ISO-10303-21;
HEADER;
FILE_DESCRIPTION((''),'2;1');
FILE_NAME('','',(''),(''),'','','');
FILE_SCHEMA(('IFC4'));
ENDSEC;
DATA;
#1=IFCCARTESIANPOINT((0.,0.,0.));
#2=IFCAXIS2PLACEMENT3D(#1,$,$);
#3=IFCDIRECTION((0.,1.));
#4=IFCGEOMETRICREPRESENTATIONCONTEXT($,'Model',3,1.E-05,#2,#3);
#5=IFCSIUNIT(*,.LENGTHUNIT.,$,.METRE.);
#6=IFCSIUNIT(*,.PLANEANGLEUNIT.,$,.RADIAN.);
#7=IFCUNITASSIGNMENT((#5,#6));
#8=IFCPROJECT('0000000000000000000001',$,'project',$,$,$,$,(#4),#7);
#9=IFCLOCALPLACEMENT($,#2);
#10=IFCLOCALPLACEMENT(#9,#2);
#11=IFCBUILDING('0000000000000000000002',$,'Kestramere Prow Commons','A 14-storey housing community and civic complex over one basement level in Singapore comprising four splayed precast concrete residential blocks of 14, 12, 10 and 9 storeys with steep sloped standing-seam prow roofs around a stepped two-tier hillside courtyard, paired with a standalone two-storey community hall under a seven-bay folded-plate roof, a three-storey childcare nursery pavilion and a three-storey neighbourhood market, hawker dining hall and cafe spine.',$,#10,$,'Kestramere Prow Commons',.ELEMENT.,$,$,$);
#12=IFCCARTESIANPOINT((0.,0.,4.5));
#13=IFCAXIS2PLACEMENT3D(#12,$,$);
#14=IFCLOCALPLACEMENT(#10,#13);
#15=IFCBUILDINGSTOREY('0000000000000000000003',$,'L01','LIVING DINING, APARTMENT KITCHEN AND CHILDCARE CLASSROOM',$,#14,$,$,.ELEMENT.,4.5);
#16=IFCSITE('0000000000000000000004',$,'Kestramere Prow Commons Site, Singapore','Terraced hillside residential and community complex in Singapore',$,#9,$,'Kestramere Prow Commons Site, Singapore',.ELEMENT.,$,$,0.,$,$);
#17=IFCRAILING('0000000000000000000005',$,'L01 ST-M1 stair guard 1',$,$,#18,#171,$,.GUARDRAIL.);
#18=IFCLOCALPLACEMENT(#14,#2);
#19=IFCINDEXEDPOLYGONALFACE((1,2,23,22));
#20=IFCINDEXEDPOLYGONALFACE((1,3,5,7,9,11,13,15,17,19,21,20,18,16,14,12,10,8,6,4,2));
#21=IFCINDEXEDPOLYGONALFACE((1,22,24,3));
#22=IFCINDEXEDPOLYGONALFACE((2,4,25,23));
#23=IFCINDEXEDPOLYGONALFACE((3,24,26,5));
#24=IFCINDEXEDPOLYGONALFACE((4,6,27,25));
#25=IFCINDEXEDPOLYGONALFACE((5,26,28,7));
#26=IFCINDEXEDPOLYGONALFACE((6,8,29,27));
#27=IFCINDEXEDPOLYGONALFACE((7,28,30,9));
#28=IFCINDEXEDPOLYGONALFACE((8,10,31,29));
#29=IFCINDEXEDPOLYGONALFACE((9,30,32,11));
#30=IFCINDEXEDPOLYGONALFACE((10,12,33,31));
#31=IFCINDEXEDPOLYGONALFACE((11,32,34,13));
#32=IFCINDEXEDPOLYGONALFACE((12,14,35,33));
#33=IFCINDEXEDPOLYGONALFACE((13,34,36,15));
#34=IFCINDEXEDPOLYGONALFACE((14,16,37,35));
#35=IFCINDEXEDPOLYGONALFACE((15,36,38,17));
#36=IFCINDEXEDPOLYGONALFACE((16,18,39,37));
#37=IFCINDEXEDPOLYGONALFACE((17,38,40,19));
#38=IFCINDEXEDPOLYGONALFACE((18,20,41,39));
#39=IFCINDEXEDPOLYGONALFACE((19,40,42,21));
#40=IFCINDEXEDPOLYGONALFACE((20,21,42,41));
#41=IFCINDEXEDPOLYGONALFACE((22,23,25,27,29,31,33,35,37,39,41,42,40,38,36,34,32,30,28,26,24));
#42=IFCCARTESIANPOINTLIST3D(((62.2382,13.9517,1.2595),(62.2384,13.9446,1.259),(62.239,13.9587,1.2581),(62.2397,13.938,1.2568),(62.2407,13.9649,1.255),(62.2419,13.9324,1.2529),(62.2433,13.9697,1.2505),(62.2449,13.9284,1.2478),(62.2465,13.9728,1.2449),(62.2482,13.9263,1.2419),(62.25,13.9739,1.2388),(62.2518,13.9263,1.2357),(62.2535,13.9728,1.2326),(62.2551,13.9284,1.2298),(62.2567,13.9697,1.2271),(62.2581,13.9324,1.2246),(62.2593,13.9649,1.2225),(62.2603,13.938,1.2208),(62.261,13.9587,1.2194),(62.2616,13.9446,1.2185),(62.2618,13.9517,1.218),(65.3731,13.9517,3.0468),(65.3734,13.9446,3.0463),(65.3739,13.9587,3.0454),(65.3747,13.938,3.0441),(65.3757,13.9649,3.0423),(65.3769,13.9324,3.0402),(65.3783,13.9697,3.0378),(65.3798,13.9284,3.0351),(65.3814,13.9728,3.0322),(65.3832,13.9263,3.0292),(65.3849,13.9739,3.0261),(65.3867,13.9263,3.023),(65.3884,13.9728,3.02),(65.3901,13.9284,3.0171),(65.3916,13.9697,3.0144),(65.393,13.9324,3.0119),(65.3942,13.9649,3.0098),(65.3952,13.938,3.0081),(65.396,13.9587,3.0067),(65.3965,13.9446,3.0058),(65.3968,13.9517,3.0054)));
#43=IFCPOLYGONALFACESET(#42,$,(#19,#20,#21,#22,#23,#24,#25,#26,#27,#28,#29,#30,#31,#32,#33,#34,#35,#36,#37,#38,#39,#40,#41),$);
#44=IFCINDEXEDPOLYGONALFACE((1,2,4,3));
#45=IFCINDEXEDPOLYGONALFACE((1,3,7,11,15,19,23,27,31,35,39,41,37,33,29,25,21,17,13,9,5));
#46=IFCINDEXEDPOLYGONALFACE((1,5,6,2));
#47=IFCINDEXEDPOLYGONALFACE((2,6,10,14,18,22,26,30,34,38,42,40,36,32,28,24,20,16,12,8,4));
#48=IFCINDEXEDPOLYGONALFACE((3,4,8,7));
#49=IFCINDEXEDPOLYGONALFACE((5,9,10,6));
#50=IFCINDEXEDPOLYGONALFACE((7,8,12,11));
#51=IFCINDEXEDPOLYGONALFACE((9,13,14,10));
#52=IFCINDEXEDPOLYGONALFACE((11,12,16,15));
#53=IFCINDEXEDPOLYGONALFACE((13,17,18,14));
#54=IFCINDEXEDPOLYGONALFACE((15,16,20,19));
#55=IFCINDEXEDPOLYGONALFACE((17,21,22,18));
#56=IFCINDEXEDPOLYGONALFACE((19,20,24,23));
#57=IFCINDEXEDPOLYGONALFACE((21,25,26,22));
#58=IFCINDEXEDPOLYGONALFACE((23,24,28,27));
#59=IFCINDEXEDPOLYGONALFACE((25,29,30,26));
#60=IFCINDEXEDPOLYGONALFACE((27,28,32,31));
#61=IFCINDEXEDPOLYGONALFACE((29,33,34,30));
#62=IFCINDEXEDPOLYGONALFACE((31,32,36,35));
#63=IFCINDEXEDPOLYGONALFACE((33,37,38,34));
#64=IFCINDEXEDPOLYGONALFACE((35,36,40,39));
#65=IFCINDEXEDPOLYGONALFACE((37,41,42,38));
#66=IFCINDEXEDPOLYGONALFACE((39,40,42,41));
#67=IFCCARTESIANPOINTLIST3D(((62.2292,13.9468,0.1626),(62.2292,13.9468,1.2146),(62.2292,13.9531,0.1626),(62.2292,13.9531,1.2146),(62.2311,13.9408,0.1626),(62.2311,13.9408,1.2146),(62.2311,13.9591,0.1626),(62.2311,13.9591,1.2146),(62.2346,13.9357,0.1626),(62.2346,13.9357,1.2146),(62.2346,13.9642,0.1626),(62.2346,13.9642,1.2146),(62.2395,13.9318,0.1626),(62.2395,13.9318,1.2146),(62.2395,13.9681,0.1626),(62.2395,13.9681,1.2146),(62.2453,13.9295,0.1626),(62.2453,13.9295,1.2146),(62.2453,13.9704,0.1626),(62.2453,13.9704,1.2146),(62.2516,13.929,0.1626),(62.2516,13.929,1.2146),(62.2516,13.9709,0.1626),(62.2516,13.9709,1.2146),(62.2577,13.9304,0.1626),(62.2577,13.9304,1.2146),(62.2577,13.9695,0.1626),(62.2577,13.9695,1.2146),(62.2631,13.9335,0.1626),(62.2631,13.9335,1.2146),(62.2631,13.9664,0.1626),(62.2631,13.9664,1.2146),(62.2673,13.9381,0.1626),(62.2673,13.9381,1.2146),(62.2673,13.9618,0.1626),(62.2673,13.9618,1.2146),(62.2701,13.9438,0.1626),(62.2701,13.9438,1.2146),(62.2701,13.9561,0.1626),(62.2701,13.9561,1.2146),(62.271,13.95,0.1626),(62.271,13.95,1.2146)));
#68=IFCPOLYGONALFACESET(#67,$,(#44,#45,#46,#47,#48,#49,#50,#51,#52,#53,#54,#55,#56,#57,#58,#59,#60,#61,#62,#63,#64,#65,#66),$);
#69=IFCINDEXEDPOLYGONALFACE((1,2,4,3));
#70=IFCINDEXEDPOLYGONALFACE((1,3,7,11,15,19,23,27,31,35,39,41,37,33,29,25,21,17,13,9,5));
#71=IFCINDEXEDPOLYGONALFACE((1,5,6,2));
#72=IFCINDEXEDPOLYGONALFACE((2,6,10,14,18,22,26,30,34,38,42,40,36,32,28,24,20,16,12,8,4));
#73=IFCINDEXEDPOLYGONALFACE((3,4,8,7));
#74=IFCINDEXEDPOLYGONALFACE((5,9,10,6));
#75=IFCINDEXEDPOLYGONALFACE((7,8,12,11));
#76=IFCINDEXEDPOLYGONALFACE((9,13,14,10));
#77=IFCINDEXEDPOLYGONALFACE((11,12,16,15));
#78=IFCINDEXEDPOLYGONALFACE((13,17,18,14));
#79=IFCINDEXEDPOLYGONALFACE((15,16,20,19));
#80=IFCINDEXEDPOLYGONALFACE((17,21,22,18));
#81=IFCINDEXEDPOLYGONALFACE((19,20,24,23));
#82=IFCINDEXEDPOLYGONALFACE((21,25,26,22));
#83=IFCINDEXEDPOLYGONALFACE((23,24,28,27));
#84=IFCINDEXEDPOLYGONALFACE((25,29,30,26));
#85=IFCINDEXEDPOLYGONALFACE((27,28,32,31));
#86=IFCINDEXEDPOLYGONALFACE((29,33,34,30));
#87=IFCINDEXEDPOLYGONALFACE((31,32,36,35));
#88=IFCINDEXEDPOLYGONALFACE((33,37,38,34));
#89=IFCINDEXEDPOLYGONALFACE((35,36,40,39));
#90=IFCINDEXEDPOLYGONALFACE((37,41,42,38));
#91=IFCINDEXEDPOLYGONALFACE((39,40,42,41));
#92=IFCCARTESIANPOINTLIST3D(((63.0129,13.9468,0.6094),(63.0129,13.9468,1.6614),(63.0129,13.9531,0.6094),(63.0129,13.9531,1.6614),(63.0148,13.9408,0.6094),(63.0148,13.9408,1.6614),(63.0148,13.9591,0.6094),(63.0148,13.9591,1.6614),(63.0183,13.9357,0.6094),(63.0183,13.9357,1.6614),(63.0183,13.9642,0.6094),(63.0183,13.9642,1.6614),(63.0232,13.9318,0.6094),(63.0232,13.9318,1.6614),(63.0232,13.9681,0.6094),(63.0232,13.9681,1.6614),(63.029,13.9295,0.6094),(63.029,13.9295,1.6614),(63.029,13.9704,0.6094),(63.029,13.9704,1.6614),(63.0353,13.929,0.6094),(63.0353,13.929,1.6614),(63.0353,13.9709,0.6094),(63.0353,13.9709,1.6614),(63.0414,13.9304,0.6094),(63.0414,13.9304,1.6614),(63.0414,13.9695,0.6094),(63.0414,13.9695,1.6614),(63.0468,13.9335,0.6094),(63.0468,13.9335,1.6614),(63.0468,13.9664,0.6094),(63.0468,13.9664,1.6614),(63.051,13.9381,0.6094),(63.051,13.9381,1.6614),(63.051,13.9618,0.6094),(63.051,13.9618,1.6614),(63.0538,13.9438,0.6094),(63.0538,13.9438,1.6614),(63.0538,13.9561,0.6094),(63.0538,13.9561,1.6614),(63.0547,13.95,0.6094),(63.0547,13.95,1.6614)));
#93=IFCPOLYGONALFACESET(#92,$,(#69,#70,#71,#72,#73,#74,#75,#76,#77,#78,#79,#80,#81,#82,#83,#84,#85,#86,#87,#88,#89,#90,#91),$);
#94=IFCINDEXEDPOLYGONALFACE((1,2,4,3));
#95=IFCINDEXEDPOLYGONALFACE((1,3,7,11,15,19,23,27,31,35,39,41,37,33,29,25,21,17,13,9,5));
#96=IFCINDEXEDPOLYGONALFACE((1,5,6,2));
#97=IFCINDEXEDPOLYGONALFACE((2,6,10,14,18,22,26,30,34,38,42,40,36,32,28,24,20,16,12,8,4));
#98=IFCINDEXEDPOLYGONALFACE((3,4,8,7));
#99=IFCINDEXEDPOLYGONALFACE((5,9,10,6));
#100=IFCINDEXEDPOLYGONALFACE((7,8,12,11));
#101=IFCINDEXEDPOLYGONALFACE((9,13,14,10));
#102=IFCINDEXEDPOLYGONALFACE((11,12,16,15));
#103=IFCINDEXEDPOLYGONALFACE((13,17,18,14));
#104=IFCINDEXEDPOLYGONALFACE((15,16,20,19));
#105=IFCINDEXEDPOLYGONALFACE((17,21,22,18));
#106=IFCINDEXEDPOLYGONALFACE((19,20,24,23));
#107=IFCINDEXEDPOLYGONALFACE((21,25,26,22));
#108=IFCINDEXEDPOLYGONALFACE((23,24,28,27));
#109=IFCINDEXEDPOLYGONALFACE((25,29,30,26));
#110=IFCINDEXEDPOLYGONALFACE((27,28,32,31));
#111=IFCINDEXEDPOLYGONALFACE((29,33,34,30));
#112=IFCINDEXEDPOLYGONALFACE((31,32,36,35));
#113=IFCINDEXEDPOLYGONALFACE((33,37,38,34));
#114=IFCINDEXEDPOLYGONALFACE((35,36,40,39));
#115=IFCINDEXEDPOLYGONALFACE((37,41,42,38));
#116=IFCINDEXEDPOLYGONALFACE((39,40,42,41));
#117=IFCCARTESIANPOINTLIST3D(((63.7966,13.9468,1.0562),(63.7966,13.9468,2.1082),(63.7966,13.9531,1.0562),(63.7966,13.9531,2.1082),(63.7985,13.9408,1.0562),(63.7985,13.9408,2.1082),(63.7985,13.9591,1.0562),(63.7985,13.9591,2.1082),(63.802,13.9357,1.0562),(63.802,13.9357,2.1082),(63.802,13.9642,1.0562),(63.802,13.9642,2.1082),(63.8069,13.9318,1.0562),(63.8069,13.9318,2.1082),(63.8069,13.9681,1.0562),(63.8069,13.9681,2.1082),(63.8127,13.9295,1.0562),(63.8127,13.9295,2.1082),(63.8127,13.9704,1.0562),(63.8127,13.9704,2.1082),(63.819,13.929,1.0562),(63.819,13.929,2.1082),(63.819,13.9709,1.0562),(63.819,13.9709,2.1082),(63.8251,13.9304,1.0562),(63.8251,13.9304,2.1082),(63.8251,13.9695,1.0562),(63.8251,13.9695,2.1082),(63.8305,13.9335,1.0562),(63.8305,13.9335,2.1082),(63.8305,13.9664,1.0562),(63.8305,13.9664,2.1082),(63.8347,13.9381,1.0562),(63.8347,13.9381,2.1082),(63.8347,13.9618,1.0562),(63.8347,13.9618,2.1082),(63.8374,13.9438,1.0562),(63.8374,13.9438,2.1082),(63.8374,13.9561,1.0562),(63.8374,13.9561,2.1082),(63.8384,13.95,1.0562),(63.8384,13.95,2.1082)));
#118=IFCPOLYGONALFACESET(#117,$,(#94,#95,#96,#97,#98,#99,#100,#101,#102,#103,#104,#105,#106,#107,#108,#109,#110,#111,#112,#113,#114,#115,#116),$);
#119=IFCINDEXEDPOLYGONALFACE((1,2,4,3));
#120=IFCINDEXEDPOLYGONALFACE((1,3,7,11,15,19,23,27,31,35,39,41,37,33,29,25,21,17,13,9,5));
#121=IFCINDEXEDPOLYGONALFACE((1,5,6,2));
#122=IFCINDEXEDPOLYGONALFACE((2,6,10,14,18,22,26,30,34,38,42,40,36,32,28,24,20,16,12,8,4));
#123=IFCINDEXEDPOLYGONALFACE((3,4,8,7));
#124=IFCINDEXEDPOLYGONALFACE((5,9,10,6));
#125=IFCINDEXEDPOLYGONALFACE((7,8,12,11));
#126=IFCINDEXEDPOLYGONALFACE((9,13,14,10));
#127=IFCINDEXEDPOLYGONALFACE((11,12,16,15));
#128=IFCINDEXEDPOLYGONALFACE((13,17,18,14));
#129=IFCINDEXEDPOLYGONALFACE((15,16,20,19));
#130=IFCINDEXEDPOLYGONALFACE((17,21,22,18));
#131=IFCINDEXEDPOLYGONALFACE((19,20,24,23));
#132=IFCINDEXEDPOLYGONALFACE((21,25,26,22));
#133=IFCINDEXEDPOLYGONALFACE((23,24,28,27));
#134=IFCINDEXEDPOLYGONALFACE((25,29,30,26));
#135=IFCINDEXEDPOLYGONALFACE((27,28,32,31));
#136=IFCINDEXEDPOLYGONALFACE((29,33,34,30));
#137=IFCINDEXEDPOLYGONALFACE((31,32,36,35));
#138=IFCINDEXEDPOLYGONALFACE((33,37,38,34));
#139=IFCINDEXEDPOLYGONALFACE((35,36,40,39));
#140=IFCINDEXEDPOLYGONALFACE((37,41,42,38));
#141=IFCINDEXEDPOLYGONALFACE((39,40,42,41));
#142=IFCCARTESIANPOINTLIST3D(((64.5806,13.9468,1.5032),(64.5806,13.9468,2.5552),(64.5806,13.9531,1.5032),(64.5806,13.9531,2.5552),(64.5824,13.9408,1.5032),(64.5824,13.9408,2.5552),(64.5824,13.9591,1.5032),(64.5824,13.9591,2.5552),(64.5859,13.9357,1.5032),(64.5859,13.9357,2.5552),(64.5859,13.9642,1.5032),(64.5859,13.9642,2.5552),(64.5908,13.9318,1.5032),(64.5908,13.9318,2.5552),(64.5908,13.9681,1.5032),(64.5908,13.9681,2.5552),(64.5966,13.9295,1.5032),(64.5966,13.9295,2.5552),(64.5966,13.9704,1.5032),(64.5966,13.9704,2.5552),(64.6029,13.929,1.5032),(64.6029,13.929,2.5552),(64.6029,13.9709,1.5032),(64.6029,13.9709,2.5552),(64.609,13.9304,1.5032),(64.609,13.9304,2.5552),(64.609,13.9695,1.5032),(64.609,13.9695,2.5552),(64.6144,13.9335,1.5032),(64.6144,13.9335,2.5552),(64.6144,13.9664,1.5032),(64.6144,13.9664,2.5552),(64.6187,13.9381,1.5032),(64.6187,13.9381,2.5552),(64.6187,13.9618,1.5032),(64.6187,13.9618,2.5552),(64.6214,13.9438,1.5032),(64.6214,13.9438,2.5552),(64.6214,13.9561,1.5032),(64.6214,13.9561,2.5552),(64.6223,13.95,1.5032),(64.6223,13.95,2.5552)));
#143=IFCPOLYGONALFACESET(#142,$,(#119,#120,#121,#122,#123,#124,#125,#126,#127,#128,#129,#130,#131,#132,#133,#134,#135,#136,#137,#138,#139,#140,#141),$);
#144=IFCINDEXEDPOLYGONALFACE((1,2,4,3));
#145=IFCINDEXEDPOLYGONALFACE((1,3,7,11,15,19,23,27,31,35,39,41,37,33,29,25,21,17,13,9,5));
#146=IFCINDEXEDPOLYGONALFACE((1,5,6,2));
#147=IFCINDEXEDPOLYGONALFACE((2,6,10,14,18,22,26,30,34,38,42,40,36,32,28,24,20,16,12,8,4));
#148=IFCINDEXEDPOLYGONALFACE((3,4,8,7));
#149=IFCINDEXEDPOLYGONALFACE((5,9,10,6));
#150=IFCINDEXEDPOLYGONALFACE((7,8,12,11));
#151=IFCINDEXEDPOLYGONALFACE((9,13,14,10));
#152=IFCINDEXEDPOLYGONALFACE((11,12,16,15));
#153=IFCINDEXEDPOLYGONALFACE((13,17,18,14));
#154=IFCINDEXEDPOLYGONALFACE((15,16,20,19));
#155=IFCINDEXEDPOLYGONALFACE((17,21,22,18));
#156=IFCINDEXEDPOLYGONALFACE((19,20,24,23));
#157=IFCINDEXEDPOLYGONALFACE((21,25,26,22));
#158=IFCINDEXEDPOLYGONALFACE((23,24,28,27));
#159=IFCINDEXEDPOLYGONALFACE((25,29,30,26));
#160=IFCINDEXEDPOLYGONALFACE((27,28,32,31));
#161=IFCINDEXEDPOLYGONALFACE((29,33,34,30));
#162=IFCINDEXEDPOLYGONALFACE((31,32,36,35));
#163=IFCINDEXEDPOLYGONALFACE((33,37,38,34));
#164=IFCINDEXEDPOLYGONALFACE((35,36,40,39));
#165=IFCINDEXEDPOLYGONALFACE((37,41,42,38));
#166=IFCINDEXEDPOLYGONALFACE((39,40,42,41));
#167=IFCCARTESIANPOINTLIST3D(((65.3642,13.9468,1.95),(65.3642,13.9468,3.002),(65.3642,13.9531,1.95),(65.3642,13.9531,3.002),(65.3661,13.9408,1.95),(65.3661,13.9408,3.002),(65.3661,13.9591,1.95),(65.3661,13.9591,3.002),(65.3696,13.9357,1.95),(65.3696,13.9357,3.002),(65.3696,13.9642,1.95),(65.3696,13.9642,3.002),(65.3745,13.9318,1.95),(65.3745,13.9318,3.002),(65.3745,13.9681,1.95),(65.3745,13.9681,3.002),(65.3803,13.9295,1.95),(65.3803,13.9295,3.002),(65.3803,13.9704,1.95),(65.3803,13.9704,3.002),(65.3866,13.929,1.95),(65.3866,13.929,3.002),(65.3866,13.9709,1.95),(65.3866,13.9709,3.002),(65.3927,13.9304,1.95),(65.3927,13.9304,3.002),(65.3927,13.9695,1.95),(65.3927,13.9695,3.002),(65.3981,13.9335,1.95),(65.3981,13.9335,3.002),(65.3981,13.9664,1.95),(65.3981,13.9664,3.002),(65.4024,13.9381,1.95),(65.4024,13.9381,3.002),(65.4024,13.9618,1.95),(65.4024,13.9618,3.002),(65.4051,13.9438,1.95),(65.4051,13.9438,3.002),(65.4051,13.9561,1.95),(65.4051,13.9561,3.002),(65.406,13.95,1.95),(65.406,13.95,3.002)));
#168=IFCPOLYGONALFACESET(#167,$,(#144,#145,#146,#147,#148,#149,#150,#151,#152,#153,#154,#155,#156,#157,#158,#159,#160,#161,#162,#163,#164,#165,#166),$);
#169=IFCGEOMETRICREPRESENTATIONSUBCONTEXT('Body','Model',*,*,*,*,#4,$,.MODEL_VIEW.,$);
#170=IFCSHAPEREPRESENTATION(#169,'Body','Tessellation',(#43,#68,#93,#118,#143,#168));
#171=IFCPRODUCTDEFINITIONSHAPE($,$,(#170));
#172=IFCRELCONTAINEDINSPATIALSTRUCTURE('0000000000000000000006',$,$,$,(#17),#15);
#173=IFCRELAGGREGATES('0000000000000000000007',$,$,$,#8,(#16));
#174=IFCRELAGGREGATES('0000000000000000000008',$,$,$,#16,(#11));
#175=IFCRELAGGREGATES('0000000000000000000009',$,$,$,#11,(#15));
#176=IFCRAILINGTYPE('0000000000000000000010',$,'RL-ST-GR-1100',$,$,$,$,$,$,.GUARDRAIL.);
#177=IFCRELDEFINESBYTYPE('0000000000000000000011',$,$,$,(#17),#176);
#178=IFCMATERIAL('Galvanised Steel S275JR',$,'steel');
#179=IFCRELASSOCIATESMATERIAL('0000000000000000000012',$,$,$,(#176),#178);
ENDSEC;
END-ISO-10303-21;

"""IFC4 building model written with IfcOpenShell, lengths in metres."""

from ifc_helpers import new_model, si_unit, direction, frame, origin, origin_2d, place, context, subcontext, project, spatial, circle, extrude, material, type_object, element, save


model = new_model("IFC4")

# Units and contexts
model_context = context("Model", 3, precision=1e-05, world=origin(), true_north=direction((0.0, 1.0)))
body_context = subcontext(model_context, "Body", "Model", "MODEL_VIEW")
ifc_project = project(units=[si_unit("LENGTHUNIT", "METRE"), si_unit("PLANEANGLEUNIT", "RADIAN")], contexts=[model_context])

# Site, building, storey
site_placement = place(None, origin())
site = spatial("IfcSite", under=ifc_project, at=site_placement, Name="Kestramere Prow Commons Site, Singapore", Description="Terraced hillside residential and community complex in Singapore", LongName="Kestramere Prow Commons Site, Singapore", CompositionType="ELEMENT", RefElevation=0.0)
building_placement = place(site_placement, origin())
building = spatial("IfcBuilding", under=site, at=building_placement, Name="Kestramere Prow Commons", Description="A 14-storey housing community and civic complex over one basement level in Singapore comprising four splayed precast concrete residential blocks of 14, 12, 10 and 9 storeys with steep sloped standing-seam prow roofs around a stepped two-tier hillside courtyard, paired with a standalone two-storey community hall under a seven-bay folded-plate roof, a three-storey childcare nursery pavilion and a three-storey neighbourhood market, hawker dining hall and cafe spine.", LongName="Kestramere Prow Commons", CompositionType="ELEMENT")
storey_placement = place(building_placement, frame((0.0, 0.0, 4.5)))
storey = spatial("IfcBuildingStorey", under=building, at=storey_placement, Name="L01", Description="LIVING DINING, APARTMENT KITCHEN AND CHILDCARE CLASSROOM", CompositionType="ELEMENT", Elevation=4.5)

# Railing
ifc_material_1 = material(Name="Galvanised Steel S275JR", Category="steel")
railing_type_1 = type_object("IfcRailingType", Name="RL-ST-GR-1100", PredefinedType="GUARDRAIL", material=ifc_material_1)
railing_1_placement = place(storey_placement, frame((62.25, 13.95, 0.1626)))
element("IfcRailing", 1, at=railing_1_placement, inside=storey, type_object=railing_type_1, Name="L01 ST-M1 stair guard 1", PredefinedType="GUARDRAIL", context=body_context, shape_type="SweptSolid", body=[
    extrude(circle(Radius=0.0239, at=origin_2d()), frame((0.0, 0.0, 1.0762), z_axis=(0.86873, 0.0, 0.495286), x_axis=(0.0, 1.0, 0.0)), (0.0, 0.0, 1.0), 3.6086),
    extrude(circle(Radius=0.021, at=origin_2d()), origin(), (0.0, 0.0, 1.0), 1.052),
    extrude(circle(Radius=0.021, at=origin_2d()), frame((0.7837, 0.0, 0.4468)), (0.0, 0.0, 1.0), 1.052),
    extrude(circle(Radius=0.021, at=origin_2d()), frame((1.5674, 0.0, 0.8936)), (0.0, 0.0, 1.0), 1.052),
    extrude(circle(Radius=0.021, at=origin_2d()), frame((2.3513, 0.0, 1.3406)), (0.0, 0.0, 1.0), 1.052),
    extrude(circle(Radius=0.021, at=origin_2d()), frame((3.135, 0.0, 1.7874)), (0.0, 0.0, 1.0), 1.052),
])

save(model, "model.ifc")
